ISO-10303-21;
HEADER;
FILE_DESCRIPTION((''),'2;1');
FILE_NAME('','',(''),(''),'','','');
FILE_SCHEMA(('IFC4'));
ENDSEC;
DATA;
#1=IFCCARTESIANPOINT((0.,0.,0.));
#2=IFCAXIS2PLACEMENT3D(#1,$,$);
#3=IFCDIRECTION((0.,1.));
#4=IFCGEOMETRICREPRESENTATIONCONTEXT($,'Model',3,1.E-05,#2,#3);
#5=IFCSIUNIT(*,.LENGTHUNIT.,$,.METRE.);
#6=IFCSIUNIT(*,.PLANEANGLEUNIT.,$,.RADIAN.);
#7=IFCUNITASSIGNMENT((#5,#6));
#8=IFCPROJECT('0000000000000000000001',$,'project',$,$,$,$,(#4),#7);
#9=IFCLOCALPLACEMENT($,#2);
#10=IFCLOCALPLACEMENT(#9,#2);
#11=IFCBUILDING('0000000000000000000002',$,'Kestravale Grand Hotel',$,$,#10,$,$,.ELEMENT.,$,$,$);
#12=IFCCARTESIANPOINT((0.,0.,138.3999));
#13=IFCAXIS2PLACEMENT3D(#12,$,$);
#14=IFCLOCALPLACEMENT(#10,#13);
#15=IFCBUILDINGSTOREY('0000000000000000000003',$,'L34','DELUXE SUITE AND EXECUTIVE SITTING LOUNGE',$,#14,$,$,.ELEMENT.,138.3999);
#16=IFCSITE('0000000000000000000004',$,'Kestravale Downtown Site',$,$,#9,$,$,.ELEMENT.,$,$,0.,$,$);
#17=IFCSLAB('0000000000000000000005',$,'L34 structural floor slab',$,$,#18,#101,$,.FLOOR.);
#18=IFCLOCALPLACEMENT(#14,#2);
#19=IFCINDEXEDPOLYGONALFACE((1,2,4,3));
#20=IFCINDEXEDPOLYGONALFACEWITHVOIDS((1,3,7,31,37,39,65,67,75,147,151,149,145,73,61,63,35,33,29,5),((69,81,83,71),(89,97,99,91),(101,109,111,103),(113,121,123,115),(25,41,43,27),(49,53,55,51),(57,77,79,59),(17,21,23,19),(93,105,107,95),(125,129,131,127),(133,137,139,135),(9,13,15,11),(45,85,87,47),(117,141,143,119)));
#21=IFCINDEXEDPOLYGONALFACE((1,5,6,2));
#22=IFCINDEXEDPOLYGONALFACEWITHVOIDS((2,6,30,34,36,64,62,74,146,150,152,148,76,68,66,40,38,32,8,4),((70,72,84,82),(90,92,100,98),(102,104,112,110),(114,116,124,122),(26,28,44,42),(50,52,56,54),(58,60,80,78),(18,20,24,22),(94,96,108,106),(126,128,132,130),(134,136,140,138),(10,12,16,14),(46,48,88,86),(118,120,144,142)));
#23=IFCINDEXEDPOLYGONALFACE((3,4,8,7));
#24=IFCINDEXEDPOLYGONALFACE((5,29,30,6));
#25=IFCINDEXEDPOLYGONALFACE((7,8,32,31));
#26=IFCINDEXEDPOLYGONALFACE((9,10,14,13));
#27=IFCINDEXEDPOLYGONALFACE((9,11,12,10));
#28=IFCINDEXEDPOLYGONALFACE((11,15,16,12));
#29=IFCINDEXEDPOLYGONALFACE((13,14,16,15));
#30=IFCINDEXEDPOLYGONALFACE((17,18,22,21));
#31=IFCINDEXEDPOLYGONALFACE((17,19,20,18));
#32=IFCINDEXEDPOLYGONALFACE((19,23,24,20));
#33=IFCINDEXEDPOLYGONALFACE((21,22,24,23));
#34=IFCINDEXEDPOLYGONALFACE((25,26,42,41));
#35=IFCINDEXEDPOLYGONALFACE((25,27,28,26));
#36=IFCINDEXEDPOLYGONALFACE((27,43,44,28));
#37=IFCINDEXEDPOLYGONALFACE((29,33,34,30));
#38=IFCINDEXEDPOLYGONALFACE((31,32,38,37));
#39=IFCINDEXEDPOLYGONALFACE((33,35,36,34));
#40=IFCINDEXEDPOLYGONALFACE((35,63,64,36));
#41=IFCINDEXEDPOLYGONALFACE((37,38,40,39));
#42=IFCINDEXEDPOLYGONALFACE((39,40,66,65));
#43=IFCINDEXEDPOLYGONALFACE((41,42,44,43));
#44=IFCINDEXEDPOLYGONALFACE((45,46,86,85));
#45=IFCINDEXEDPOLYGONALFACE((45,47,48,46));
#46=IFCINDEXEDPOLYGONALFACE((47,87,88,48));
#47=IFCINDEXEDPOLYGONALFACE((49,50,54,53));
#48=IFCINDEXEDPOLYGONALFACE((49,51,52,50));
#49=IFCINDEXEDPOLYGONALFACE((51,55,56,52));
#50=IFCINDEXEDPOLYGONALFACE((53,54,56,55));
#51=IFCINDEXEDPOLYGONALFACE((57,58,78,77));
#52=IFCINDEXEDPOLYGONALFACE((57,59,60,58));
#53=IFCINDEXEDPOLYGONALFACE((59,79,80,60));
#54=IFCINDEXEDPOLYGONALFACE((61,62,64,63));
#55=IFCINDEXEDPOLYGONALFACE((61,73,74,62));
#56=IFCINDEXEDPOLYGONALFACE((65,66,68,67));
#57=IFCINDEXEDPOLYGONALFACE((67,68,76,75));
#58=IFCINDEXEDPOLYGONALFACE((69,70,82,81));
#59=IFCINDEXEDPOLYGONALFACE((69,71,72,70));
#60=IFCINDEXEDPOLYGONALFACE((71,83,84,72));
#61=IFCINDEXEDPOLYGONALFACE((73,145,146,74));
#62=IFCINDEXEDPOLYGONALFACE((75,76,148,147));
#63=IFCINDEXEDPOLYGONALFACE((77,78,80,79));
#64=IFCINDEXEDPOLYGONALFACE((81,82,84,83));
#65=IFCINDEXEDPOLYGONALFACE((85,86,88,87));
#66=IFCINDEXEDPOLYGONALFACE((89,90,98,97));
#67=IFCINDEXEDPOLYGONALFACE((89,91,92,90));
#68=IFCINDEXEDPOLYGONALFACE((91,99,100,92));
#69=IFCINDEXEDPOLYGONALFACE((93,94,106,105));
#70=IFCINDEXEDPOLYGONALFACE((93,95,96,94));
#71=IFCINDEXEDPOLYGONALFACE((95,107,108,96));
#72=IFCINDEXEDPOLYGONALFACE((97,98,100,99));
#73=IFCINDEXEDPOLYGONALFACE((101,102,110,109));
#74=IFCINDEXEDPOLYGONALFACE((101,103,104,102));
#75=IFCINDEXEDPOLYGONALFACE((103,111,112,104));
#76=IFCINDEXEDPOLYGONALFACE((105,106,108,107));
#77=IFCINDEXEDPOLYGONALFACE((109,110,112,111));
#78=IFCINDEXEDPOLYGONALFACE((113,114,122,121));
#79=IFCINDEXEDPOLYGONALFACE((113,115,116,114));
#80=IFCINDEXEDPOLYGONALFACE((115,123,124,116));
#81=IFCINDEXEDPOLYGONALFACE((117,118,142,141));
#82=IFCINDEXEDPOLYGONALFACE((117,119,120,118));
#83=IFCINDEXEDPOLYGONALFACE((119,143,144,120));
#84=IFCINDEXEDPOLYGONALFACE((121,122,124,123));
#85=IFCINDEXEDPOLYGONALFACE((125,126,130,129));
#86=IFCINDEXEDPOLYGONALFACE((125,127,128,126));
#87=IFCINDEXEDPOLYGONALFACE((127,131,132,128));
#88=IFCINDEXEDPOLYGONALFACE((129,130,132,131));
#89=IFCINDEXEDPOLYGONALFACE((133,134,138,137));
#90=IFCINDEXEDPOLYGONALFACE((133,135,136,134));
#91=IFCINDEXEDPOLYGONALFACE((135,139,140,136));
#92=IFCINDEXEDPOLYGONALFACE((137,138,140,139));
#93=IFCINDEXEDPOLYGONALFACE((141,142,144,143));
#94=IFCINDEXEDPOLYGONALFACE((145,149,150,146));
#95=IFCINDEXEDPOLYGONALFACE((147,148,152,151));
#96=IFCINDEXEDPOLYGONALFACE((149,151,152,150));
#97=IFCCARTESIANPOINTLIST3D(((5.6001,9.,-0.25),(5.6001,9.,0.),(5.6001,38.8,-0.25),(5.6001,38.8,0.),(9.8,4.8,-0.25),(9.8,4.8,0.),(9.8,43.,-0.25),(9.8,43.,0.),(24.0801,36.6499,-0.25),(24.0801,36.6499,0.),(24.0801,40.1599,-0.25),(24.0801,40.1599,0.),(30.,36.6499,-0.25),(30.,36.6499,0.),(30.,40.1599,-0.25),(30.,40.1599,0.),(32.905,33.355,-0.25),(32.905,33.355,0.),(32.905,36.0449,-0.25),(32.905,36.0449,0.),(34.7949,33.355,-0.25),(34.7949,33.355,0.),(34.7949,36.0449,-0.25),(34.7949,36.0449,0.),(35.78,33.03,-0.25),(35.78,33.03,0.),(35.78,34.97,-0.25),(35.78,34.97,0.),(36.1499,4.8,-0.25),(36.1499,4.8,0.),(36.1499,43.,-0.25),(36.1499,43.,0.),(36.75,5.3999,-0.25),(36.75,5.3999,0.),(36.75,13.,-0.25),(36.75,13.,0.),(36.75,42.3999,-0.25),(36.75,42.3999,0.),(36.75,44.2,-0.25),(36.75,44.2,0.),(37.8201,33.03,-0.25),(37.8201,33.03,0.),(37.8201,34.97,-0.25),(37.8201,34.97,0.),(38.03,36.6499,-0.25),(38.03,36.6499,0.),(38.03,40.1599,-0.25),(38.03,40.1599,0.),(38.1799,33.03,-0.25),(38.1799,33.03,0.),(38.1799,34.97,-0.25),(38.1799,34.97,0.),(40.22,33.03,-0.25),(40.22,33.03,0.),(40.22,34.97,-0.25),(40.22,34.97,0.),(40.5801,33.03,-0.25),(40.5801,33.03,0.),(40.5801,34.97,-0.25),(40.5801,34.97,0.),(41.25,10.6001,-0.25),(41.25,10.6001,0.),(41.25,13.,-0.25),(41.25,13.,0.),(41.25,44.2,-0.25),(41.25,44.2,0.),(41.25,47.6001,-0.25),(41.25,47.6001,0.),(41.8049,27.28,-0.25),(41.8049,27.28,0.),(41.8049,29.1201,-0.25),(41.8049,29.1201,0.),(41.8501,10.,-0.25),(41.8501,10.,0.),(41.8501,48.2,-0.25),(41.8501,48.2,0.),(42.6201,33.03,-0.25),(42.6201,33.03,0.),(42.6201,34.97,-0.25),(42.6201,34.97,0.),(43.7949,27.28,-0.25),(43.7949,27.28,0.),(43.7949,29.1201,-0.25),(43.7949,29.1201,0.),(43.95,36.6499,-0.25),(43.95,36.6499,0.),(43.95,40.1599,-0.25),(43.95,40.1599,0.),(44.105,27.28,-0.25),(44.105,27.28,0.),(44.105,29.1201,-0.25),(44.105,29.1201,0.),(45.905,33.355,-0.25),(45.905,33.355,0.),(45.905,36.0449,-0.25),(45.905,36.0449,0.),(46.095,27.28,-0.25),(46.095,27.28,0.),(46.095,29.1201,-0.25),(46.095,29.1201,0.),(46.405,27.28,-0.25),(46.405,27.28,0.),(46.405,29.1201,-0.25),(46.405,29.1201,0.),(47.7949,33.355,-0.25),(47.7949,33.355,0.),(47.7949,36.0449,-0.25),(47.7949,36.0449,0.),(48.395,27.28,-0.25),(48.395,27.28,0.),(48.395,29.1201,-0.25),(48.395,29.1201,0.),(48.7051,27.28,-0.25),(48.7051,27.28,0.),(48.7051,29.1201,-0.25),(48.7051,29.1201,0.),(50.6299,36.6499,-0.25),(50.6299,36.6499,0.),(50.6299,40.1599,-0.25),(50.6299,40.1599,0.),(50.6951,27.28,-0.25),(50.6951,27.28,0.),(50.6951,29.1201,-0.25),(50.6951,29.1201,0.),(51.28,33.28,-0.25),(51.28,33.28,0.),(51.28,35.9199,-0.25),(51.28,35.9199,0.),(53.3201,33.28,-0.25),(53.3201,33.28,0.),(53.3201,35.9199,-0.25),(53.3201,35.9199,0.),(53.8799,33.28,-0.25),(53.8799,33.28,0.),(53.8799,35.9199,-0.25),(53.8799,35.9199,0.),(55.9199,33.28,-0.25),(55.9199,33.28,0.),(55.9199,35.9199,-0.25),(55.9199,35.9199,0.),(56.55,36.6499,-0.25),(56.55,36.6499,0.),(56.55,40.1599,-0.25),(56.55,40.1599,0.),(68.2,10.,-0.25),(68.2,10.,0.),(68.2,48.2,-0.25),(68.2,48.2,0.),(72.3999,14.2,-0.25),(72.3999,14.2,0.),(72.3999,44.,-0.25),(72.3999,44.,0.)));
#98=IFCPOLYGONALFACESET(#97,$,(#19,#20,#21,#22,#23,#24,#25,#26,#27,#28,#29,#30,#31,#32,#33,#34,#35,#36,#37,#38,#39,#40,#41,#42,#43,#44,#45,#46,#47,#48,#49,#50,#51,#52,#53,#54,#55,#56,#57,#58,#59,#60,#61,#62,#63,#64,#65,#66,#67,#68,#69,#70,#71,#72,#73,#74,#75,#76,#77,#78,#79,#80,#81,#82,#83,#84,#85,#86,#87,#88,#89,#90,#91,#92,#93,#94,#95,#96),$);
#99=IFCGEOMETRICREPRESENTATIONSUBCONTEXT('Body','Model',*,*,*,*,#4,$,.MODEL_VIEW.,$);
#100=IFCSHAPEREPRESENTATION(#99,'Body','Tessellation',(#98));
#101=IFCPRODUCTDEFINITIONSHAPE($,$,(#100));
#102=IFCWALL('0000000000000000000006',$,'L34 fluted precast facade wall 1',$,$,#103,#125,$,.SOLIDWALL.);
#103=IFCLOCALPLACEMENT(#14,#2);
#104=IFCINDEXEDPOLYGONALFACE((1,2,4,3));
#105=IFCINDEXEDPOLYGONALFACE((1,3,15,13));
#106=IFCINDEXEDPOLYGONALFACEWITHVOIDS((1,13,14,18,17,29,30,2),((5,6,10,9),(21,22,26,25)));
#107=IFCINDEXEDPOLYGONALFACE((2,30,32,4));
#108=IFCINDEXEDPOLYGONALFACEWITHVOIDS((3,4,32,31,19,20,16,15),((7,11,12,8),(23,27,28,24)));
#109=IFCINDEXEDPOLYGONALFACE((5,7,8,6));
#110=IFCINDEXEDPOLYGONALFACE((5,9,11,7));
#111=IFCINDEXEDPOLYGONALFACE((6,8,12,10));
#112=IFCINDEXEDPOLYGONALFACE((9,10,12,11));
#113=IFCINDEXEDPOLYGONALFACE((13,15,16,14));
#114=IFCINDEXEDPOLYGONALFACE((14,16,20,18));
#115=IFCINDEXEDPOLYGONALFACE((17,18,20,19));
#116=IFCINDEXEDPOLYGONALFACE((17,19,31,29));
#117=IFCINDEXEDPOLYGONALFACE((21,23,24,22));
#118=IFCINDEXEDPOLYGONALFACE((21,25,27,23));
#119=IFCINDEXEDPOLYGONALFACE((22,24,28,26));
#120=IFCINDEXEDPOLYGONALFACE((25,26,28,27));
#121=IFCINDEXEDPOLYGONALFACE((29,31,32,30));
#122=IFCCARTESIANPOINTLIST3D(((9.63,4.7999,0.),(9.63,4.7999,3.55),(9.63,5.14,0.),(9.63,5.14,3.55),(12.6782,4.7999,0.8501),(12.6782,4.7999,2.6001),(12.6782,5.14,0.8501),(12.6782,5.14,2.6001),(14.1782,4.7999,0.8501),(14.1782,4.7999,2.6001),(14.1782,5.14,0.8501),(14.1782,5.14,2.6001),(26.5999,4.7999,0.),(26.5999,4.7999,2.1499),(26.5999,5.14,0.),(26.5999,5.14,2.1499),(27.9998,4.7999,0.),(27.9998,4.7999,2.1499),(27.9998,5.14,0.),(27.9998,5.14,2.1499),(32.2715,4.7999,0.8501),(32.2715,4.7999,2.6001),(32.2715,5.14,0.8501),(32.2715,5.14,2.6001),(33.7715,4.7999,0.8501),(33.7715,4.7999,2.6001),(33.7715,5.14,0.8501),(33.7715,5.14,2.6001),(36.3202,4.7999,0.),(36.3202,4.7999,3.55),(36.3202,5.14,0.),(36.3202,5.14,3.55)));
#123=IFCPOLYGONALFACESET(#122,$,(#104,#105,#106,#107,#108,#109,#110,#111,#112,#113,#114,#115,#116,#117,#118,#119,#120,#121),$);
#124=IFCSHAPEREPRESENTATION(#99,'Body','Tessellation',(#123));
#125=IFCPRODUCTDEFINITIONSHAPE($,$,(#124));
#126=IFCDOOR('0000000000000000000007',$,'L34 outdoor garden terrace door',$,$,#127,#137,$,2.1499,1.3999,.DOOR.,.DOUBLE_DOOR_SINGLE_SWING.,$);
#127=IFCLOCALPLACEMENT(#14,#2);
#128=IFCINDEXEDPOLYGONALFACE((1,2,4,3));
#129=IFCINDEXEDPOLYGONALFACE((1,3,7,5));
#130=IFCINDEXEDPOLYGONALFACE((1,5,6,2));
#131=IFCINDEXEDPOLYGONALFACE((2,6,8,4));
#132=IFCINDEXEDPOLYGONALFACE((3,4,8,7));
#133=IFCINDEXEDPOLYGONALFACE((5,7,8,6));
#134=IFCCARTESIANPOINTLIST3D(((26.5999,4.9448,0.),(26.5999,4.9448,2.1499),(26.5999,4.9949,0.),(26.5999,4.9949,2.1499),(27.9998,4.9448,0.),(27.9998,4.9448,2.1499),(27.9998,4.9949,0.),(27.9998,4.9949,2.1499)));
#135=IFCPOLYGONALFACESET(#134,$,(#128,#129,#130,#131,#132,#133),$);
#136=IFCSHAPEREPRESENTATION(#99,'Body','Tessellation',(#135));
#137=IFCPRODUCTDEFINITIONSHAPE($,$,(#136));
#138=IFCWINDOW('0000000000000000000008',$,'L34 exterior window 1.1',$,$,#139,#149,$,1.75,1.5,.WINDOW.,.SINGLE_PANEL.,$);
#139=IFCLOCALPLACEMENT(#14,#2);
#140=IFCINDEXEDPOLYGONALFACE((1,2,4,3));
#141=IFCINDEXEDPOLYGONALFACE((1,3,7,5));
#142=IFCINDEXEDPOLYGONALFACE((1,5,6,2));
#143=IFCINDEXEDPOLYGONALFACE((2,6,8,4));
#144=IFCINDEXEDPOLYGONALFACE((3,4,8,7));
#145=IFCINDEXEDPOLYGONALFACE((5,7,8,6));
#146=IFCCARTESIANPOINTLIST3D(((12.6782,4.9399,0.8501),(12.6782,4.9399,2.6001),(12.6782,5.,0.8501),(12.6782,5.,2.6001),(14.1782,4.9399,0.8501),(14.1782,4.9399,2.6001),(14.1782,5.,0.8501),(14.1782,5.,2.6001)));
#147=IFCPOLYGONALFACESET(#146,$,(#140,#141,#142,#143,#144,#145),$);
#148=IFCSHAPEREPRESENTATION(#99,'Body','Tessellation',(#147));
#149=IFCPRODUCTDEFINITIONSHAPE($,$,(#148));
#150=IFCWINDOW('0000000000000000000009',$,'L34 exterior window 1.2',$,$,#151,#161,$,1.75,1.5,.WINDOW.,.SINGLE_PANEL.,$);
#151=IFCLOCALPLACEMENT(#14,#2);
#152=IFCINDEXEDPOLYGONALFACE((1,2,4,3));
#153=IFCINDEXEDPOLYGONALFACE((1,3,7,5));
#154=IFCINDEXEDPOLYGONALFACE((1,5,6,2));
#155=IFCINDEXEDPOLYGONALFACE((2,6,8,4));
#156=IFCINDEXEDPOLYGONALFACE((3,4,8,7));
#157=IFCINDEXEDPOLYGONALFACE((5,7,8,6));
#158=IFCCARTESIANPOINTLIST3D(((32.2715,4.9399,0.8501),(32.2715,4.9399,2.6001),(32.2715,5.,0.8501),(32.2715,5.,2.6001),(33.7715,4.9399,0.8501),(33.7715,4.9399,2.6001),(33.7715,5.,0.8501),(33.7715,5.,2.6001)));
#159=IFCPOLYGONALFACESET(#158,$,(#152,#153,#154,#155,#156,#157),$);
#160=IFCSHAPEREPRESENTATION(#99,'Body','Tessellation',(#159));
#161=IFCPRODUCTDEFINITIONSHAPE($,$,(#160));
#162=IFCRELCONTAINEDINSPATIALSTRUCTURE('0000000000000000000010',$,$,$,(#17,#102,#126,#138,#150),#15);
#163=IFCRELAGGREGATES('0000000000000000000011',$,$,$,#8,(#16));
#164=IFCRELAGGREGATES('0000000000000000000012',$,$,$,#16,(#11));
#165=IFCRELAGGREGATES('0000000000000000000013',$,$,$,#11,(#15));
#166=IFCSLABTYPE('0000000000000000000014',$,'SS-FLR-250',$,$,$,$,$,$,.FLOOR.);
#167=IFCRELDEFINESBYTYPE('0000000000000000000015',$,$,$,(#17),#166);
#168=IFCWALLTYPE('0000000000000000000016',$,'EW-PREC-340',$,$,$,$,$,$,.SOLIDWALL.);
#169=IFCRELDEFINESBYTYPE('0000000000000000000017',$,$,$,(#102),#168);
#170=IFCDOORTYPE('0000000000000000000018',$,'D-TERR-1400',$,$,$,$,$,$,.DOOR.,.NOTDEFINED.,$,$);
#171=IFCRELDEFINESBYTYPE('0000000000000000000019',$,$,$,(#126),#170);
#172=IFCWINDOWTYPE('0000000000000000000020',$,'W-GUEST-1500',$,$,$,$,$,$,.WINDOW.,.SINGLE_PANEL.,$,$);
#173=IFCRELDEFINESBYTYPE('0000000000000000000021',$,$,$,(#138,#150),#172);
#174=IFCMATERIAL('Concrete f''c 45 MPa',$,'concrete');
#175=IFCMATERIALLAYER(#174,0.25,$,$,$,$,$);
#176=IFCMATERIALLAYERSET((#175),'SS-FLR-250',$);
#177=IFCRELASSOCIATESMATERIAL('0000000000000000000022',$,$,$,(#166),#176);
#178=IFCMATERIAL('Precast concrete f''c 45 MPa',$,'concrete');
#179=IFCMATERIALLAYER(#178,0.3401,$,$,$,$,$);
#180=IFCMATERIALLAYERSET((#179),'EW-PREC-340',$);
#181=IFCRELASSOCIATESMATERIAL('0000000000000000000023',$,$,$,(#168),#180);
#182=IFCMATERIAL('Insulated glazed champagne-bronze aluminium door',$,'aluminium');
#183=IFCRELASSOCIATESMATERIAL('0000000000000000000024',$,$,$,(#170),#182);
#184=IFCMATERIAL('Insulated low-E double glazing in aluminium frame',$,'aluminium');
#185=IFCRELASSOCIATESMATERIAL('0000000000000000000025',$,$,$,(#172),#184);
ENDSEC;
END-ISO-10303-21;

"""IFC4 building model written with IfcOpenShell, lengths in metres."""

from ifc_helpers import new_model, si_unit, direction, frame, frame_2d, origin, place, context, subcontext, project, spatial, polyline, rectangle, outline, extrude, material, layer, layer_set, type_object, element, fill, save


model = new_model("IFC4")

# Units and contexts
model_context = context("Model", 3, precision=1e-05, world=origin(), true_north=direction((0.0, 1.0)))
body_context = subcontext(model_context, "Body", "Model", "MODEL_VIEW")
ifc_project = project(units=[si_unit("LENGTHUNIT", "METRE"), si_unit("PLANEANGLEUNIT", "RADIAN")], contexts=[model_context])

# Site, building, storey
site_placement = place(None, origin())
site = spatial("IfcSite", under=ifc_project, at=site_placement, Name="Kestravale Downtown Site", CompositionType="ELEMENT", RefElevation=0.0)
building_placement = place(site_placement, origin())
building = spatial("IfcBuilding", under=site, at=building_placement, Name="Kestravale Grand Hotel", CompositionType="ELEMENT")
storey_placement = place(building_placement, frame((0.0, 0.0, 138.3999)))
storey = spatial("IfcBuildingStorey", under=building, at=storey_placement, Name="L34", Description="DELUXE SUITE AND EXECUTIVE SITTING LOUNGE", CompositionType="ELEMENT", Elevation=138.3999)

# Slab
ifc_material_1 = material(Name="Concrete f'c 45 MPa", Category="concrete")
ifc_layer_1 = layer(ifc_material_1, 0.25)
ifc_layer_set_1 = layer_set([ifc_layer_1], Name="SS-FLR-250")
slab_type_1 = type_object("IfcSlabType", Name="SS-FLR-250", PredefinedType="FLOOR", material=ifc_layer_set_1)
slab_1_placement = place(storey_placement, frame((0.0, 0.0, -0.25)))
element("IfcSlab", 1, at=slab_1_placement, inside=storey, type_object=slab_type_1, Name="L34 structural floor slab", PredefinedType="FLOOR", context=body_context, shape_type="SweptSolid", body=[
    extrude(outline(polyline([(9.8, 4.8), (36.1499, 4.8), (36.75, 5.3999), (36.75, 13.0), (41.25, 13.0), (41.25, 10.6001), (41.8501, 10.0), (68.2, 10.0), (72.3999, 14.2), (72.3999, 44.0), (68.2, 48.2), (41.8501, 48.2), (41.25, 47.6001), (41.25, 44.2), (36.75, 44.2), (36.75, 42.3999), (36.1499, 43.0), (9.8, 43.0), (5.6001, 38.8), (5.6001, 9.0), (9.8, 4.8)]), holes=[polyline([(24.0801, 36.6499), (30.0, 36.6499), (30.0, 40.1599), (24.0801, 40.1599), (24.0801, 36.6499)]), polyline([(38.03, 36.6499), (43.95, 36.6499), (43.95, 40.1599), (38.03, 40.1599), (38.03, 36.6499)]), polyline([(50.6299, 36.6499), (56.55, 36.6499), (56.55, 40.1599), (50.6299, 40.1599), (50.6299, 36.6499)]), polyline([(41.8049, 27.28), (43.7949, 27.28), (43.7949, 29.1201), (41.8049, 29.1201), (41.8049, 27.28)]), polyline([(44.105, 27.28), (46.095, 27.28), (46.095, 29.1201), (44.105, 29.1201), (44.105, 27.28)]), polyline([(46.405, 27.28), (48.395, 27.28), (48.395, 29.1201), (46.405, 29.1201), (46.405, 27.28)]), polyline([(48.7051, 27.28), (50.6951, 27.28), (50.6951, 29.1201), (48.7051, 29.1201), (48.7051, 27.28)]), polyline([(35.78, 33.03), (37.8201, 33.03), (37.8201, 34.97), (35.78, 34.97), (35.78, 33.03)]), polyline([(38.1799, 33.03), (40.22, 33.03), (40.22, 34.97), (38.1799, 34.97), (38.1799, 33.03)]), polyline([(40.5801, 33.03), (42.6201, 33.03), (42.6201, 34.97), (40.5801, 34.97), (40.5801, 33.03)]), polyline([(32.905, 33.355), (34.7949, 33.355), (34.7949, 36.0449), (32.905, 36.0449), (32.905, 33.355)]), polyline([(45.905, 33.355), (47.7949, 33.355), (47.7949, 36.0449), (45.905, 36.0449), (45.905, 33.355)]), polyline([(51.28, 33.28), (53.3201, 33.28), (53.3201, 35.9199), (51.28, 35.9199), (51.28, 33.28)]), polyline([(53.8799, 33.28), (55.9199, 33.28), (55.9199, 35.9199), (53.8799, 35.9199), (53.8799, 33.28)])]), origin(), (0.0, 0.0, 1.0), 0.25),
])

# Wall, openings, door, windows
ifc_material_2 = material(Name="Precast concrete f'c 45 MPa", Category="concrete")
ifc_layer_2 = layer(ifc_material_2, 0.3401)
ifc_layer_set_2 = layer_set([ifc_layer_2], Name="EW-PREC-340")
wall_type_1 = type_object("IfcWallType", Name="EW-PREC-340", PredefinedType="SOLIDWALL", material=ifc_layer_set_2)
wall_1_placement = place(storey_placement, frame((9.6299, 4.97, 0.0), z_axis=(0.0, 0.0, 1.0), x_axis=(1.0, 0.0, 0.0)))
wall_1 = element("IfcWall", 2, at=wall_1_placement, inside=storey, type_object=wall_type_1, Name="L34 fluted precast facade wall 1", PredefinedType="SOLIDWALL", context=body_context, shape_type="SweptSolid", body=[
    extrude(rectangle(XDim=26.6902, YDim=0.3401, at=frame_2d((13.3452, 0.0))), origin(), (0.0, 0.0, 1.0), 3.55),
])
opening_1_placement = place(wall_1_placement, frame((16.97, 0.0, 0.0)))
opening_1 = element("IfcOpeningElement", 3, at=opening_1_placement, cuts=wall_1, PredefinedType="OPENING", context=body_context, shape_type="SweptSolid", body=[
    extrude(rectangle(XDim=1.3999, YDim=2.1499, at=frame_2d((0.7, 1.075))), frame((0.0, 0.1799, 0.0), z_axis=(0.0, -1.0, 0.0), x_axis=(1.0, 0.0, 0.0)), (0.0, 0.0, 1.0), 0.3601),
])
opening_2_placement = place(wall_1_placement, frame((3.0483, 0.0, 0.8501)))
opening_2 = element("IfcOpeningElement", 4, at=opening_2_placement, cuts=wall_1, PredefinedType="OPENING", context=body_context, shape_type="SweptSolid", body=[
    extrude(rectangle(XDim=1.5, YDim=1.75, at=frame_2d((0.75, 0.875))), frame((0.0, 0.1799, 0.0), z_axis=(0.0, -1.0, 0.0), x_axis=(1.0, 0.0, 0.0)), (0.0, 0.0, 1.0), 0.3601),
])
opening_3_placement = place(wall_1_placement, frame((22.6416, 0.0, 0.8501)))
opening_3 = element("IfcOpeningElement", 5, at=opening_3_placement, cuts=wall_1, PredefinedType="OPENING", context=body_context, shape_type="SweptSolid", body=[
    extrude(rectangle(XDim=1.5, YDim=1.75, at=frame_2d((0.75, 0.875))), frame((0.0, 0.1799, 0.0), z_axis=(0.0, -1.0, 0.0), x_axis=(1.0, 0.0, 0.0)), (0.0, 0.0, 1.0), 0.3601),
])
ifc_material_3 = material(Name="Insulated glazed champagne-bronze aluminium door", Category="aluminium")
door_type_1 = type_object("IfcDoorType", Name="D-TERR-1400", OperationType="NOTDEFINED", PredefinedType="DOOR", material=ifc_material_3)
door_1_placement = place(opening_1_placement, origin())
door_1 = element("IfcDoor", 6, at=door_1_placement, inside=storey, type_object=door_type_1, Name="L34 outdoor garden terrace door", OperationType="DOUBLE_DOOR_SINGLE_SWING", OverallHeight=2.1499, OverallWidth=1.3999, PredefinedType="DOOR", context=body_context, shape_type="SweptSolid", body=[
    extrude(rectangle(XDim=1.3999, YDim=2.1499, at=frame_2d((0.7, 1.075))), frame((0.0, 0.0249, 0.0), z_axis=(0.0, -1.0, 0.0), x_axis=(1.0, 0.0, 0.0)), (0.0, 0.0, 1.0), 0.05),
])
fill(opening_1, door_1)
ifc_material_4 = material(Name="Insulated low-E double glazing in aluminium frame", Category="aluminium")
window_type = type_object("IfcWindowType", Name="W-GUEST-1500", PartitioningType="SINGLE_PANEL", PredefinedType="WINDOW", material=ifc_material_4)
window_1_placement = place(opening_2_placement, origin())
window_1 = element("IfcWindow", 7, at=window_1_placement, inside=storey, type_object=window_type, Name="L34 exterior window 1.1", OverallHeight=1.75, OverallWidth=1.5, PartitioningType="SINGLE_PANEL", PredefinedType="WINDOW", context=body_context, shape_type="SweptSolid", body=[
    extrude(rectangle(XDim=1.5, YDim=1.75, at=frame_2d((0.75, 0.875))), frame((0.0, 0.03, 0.0), z_axis=(0.0, -1.0, 0.0), x_axis=(1.0, 0.0, 0.0)), (0.0, 0.0, 1.0), 0.0601),
])
fill(opening_2, window_1)
window_2_placement = place(opening_3_placement, origin())
window_2 = element("IfcWindow", 8, at=window_2_placement, inside=storey, type_object=window_type, Name="L34 exterior window 1.2", OverallHeight=1.75, OverallWidth=1.5, PartitioningType="SINGLE_PANEL", PredefinedType="WINDOW", context=body_context, shape_type="SweptSolid", body=[
    extrude(rectangle(XDim=1.5, YDim=1.75, at=frame_2d((0.75, 0.875))), frame((0.0, 0.03, 0.0), z_axis=(0.0, -1.0, 0.0), x_axis=(1.0, 0.0, 0.0)), (0.0, 0.0, 1.0), 0.0601),
])
fill(opening_3, window_2)

save(model, "model.ifc")
